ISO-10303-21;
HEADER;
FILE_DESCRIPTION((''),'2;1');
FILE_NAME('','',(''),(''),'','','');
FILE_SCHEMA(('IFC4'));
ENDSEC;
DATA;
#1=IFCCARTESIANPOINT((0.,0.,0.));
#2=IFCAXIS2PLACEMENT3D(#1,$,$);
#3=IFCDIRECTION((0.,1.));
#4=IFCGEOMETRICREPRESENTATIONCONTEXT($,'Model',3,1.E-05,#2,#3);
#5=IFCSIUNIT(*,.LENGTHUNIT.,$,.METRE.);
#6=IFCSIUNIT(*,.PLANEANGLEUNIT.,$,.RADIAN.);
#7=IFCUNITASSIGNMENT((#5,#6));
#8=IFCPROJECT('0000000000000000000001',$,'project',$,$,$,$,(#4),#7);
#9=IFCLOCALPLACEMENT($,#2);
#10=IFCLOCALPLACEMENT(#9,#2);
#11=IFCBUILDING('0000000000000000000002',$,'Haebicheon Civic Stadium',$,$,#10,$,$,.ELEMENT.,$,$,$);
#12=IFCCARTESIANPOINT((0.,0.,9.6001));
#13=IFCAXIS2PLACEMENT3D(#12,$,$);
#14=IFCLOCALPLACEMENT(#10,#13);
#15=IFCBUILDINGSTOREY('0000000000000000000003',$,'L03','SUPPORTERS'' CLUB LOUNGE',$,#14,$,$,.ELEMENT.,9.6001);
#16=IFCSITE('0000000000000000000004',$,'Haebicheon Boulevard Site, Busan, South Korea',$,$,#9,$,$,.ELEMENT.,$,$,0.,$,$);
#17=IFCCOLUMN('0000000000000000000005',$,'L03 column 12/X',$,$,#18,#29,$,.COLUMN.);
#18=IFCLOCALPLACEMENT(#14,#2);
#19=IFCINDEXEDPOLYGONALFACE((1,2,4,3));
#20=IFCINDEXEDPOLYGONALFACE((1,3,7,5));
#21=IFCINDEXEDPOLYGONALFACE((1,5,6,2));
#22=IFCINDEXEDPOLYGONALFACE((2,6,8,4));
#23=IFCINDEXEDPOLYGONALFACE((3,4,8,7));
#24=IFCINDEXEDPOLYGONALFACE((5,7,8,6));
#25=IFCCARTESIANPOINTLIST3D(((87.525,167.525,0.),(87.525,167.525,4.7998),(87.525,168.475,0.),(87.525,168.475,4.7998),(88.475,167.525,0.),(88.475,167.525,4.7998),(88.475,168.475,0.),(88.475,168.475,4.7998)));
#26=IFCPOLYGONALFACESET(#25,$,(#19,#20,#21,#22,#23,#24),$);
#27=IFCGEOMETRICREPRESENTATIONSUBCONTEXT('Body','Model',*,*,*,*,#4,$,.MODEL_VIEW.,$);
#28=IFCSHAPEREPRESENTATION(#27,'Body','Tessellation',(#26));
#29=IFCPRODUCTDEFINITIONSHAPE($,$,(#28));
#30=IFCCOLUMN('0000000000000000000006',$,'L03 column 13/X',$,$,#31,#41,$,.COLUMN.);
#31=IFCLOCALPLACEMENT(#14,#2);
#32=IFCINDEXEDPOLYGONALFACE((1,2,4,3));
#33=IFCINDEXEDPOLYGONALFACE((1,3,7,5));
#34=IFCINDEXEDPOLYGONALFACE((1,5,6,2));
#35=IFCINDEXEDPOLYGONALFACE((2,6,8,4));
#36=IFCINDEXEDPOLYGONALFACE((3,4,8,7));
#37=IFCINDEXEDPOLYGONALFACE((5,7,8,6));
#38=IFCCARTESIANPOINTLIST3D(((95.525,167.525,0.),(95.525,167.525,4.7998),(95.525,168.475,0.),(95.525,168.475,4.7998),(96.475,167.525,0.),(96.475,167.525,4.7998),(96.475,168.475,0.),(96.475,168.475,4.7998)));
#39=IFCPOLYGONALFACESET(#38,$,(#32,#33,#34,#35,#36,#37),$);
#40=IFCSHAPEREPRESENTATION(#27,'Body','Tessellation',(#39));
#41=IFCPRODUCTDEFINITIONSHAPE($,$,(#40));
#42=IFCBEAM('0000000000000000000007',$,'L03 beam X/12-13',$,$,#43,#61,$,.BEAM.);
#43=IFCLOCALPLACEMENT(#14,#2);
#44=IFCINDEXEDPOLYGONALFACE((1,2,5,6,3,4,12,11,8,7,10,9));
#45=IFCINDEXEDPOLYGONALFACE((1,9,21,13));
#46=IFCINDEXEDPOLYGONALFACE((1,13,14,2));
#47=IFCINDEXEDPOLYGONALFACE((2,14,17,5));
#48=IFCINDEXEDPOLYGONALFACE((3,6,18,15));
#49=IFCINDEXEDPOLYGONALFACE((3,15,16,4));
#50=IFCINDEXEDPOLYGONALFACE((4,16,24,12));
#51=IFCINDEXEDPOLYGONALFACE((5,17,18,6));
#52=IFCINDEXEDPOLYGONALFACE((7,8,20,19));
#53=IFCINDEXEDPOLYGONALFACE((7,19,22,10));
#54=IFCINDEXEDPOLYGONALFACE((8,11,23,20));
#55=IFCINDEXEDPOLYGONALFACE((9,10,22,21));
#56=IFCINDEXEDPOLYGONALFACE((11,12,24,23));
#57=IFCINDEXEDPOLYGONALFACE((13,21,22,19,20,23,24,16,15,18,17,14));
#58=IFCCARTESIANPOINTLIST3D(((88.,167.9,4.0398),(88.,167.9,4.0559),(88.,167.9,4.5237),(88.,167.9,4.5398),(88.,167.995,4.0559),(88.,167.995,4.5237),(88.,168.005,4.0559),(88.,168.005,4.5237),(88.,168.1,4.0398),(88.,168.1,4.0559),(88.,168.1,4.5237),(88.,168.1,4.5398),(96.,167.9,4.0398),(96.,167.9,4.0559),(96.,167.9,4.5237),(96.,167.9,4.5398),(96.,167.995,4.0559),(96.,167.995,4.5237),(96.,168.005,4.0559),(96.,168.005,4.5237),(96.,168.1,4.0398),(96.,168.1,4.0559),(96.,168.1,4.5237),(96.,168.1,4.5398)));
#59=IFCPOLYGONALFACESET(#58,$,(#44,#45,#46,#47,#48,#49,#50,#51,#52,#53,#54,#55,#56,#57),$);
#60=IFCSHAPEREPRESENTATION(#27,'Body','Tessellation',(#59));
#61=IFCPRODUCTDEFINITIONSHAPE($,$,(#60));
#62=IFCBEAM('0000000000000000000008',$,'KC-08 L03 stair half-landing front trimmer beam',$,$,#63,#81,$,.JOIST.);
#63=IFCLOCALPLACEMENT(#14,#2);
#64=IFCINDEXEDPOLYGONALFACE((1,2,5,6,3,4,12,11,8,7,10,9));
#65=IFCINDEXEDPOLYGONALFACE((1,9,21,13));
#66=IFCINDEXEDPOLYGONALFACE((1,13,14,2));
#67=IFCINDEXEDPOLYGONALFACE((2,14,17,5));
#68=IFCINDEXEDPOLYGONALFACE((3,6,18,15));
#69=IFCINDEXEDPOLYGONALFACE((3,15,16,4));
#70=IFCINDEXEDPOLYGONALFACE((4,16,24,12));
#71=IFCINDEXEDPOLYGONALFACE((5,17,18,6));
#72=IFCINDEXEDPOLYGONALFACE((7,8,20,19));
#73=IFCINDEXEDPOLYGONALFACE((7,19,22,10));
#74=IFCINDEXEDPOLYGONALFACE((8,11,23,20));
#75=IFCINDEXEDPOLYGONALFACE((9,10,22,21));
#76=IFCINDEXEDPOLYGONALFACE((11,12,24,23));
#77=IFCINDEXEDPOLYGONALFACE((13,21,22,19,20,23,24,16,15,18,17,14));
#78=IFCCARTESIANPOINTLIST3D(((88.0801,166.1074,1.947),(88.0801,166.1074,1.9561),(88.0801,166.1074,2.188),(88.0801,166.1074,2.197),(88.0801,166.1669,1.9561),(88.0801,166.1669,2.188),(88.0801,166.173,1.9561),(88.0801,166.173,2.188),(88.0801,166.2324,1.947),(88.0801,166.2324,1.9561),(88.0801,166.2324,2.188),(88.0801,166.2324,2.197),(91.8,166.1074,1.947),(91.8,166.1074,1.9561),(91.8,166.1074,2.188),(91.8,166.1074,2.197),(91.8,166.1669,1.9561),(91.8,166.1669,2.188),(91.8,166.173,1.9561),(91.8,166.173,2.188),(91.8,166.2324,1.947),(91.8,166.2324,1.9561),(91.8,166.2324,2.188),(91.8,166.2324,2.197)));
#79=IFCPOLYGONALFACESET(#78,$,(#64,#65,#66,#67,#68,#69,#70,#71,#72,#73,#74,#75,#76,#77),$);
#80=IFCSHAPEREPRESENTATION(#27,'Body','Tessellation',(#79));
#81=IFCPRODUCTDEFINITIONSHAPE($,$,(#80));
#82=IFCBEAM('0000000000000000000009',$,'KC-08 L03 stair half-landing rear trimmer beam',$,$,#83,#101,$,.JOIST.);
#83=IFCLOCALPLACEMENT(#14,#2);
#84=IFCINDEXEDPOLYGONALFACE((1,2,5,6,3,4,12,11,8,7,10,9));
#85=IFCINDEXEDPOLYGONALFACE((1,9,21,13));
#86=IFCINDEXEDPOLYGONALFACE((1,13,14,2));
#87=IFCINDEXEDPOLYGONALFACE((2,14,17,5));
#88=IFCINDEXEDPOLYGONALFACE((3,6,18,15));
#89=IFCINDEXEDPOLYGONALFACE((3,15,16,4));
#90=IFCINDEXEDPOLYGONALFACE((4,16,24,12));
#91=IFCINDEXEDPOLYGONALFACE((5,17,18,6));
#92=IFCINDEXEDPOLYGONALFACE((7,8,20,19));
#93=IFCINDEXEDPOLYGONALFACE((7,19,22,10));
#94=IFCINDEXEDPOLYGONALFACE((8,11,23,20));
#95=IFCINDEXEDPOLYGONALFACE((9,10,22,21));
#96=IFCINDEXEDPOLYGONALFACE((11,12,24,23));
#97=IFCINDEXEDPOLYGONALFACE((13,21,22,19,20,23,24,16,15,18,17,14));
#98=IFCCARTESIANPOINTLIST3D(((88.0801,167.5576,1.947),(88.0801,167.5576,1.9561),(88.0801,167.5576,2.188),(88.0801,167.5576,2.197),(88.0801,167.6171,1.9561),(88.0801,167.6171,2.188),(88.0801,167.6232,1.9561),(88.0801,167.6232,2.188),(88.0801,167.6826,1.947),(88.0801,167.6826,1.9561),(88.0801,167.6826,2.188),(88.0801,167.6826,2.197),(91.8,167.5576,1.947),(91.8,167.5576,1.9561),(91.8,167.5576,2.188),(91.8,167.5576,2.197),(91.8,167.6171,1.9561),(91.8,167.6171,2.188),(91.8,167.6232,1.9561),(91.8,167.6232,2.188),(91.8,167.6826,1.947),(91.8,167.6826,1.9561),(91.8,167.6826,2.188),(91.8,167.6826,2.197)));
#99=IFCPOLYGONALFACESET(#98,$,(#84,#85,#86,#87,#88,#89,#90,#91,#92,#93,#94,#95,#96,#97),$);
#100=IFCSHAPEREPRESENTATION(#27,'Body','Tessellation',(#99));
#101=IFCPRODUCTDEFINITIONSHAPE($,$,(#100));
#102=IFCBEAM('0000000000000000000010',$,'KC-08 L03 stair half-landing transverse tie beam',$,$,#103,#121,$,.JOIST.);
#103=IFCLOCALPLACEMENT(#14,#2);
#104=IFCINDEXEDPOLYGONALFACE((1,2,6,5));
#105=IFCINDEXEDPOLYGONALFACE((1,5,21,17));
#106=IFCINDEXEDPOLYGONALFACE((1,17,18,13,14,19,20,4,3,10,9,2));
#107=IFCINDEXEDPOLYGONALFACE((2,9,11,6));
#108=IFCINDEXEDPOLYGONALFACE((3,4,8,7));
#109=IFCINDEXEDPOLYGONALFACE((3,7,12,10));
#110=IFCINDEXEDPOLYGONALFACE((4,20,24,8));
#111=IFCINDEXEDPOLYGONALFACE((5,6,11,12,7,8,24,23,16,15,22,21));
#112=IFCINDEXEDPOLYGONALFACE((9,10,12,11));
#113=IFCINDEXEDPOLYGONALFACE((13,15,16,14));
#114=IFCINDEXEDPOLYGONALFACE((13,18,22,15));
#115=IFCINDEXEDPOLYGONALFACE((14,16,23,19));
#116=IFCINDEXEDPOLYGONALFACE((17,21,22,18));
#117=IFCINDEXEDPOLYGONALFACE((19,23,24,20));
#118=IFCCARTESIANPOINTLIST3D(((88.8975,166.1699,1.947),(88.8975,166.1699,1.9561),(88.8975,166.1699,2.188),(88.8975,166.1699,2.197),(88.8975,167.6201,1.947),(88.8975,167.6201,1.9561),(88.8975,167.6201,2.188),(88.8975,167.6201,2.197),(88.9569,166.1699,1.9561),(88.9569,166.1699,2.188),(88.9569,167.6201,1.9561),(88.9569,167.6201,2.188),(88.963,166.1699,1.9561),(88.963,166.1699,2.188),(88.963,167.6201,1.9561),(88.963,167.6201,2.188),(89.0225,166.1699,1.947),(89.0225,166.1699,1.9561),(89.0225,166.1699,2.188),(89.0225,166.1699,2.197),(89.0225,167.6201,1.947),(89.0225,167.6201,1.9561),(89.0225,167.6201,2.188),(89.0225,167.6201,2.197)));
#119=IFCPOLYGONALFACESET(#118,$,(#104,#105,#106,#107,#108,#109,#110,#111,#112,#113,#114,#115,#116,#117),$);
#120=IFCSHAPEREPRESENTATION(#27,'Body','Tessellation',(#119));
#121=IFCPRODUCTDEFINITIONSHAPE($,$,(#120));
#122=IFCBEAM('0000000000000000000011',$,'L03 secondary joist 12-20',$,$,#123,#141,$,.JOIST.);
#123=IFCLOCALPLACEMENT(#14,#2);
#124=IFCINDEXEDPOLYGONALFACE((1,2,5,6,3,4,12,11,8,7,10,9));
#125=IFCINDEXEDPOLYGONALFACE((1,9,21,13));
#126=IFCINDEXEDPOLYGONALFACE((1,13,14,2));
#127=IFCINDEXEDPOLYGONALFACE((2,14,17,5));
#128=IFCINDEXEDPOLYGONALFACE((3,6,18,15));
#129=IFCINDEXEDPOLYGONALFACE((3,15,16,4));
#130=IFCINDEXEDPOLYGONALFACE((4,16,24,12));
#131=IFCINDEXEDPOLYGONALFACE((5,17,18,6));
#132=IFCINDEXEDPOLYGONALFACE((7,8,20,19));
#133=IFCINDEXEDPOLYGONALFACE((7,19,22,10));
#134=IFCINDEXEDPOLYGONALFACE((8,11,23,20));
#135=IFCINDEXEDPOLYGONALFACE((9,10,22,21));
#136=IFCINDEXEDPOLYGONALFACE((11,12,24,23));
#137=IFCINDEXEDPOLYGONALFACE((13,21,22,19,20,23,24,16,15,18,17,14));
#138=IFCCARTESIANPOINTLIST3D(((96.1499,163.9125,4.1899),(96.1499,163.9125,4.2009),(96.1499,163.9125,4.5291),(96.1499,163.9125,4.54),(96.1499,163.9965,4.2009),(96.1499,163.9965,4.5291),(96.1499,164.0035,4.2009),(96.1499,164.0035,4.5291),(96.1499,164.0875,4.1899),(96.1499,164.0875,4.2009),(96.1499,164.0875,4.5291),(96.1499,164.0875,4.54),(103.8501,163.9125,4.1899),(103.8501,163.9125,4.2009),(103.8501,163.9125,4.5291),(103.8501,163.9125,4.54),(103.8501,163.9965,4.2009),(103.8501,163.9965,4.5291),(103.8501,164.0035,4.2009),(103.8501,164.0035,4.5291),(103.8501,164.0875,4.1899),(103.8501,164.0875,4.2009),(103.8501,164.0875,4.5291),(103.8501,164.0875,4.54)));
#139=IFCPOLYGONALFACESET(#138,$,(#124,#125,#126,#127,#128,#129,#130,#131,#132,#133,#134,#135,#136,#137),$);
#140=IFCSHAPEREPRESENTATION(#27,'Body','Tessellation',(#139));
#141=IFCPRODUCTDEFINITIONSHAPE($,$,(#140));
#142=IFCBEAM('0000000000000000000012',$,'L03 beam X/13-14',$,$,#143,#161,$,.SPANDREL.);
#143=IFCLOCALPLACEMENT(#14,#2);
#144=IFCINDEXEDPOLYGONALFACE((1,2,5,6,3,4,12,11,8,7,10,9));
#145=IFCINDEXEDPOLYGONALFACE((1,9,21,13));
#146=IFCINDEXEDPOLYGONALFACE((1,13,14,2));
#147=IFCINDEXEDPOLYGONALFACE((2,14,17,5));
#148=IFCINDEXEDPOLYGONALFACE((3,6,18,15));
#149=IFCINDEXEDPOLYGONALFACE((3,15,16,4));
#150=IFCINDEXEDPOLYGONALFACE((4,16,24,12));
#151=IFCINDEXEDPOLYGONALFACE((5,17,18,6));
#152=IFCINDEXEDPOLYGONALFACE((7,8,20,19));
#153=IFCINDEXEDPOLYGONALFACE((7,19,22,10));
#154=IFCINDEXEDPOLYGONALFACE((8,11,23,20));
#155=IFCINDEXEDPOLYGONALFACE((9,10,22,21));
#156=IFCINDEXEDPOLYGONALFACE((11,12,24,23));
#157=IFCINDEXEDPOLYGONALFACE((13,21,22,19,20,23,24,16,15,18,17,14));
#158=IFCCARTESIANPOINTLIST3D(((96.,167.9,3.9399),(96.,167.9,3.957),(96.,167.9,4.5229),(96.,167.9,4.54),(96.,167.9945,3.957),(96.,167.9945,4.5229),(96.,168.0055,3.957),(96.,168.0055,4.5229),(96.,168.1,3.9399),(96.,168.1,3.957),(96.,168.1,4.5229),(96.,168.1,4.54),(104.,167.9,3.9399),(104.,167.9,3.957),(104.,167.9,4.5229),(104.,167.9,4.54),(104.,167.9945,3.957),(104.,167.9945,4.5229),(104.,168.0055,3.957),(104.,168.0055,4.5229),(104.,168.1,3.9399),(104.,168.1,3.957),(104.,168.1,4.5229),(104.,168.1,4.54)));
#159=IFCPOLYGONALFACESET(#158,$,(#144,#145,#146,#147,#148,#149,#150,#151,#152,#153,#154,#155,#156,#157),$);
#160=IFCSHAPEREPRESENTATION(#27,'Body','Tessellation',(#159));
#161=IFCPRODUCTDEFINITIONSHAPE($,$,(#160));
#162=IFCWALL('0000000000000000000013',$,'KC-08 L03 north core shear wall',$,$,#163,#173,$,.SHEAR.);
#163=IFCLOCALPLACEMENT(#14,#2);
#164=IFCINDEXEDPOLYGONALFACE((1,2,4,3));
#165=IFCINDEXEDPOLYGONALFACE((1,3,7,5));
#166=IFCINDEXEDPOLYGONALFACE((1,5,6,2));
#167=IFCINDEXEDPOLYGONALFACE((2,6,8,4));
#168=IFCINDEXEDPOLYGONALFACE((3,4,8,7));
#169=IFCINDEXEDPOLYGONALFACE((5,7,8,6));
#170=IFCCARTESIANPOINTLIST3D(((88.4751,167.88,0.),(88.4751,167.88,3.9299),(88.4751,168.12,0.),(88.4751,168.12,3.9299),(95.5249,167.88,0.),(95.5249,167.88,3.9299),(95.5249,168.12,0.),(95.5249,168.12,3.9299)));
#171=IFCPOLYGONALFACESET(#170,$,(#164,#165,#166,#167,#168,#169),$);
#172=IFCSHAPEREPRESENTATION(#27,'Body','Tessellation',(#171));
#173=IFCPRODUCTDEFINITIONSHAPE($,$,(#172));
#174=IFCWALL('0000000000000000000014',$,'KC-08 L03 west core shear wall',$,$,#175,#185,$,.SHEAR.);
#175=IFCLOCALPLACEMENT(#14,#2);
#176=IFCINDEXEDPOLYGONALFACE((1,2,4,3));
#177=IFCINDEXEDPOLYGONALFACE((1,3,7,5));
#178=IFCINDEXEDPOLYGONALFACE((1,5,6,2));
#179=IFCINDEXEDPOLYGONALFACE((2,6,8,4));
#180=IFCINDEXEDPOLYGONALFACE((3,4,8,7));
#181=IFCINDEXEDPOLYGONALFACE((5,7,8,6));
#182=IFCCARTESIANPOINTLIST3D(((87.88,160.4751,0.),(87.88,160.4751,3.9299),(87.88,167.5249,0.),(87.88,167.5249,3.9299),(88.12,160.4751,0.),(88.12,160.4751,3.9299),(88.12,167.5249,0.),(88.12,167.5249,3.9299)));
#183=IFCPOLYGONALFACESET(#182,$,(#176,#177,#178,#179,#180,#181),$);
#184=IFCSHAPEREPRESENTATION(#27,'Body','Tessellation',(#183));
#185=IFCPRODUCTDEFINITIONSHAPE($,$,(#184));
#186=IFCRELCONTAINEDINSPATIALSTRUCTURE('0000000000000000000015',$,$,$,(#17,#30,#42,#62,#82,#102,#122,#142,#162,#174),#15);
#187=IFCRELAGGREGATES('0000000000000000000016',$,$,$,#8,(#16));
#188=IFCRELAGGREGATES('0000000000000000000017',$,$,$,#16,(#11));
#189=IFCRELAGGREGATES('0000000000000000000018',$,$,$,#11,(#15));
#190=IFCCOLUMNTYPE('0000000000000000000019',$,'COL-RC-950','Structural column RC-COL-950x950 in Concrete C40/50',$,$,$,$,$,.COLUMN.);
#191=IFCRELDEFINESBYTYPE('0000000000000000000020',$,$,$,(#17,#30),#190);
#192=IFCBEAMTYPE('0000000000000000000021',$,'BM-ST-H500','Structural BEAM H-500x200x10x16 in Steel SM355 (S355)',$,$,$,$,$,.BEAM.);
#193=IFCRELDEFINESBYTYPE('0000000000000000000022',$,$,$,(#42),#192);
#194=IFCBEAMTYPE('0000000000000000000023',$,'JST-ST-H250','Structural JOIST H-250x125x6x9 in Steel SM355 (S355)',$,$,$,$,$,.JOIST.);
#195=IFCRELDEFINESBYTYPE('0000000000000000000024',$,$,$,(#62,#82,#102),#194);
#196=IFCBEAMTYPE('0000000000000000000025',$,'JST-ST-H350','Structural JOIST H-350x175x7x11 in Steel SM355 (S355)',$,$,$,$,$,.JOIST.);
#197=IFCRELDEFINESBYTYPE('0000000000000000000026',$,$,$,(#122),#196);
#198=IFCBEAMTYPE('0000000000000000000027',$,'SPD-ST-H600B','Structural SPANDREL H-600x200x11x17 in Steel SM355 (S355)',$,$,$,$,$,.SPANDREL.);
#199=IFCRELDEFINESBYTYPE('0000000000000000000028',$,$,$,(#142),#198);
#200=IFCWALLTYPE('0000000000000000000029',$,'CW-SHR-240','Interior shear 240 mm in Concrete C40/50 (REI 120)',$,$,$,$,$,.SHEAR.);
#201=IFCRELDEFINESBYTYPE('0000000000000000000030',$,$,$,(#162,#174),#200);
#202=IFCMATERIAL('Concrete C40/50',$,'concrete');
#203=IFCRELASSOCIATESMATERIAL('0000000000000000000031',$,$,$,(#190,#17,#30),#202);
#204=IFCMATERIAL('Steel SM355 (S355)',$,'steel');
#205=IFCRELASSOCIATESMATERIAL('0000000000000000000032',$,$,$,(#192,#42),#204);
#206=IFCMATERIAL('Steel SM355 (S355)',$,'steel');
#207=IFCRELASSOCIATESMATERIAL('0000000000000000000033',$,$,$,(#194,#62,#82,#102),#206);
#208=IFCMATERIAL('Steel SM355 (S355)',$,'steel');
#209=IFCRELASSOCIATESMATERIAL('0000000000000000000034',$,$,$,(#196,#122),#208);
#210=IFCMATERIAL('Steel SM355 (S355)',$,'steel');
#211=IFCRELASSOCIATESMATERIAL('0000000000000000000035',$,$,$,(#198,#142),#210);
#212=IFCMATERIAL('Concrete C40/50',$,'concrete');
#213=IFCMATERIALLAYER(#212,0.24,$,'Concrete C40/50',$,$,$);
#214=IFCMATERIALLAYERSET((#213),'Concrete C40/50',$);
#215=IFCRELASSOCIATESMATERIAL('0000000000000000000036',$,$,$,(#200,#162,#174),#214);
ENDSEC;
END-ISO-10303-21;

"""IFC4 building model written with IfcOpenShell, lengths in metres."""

from ifc_helpers import new_model, si_unit, direction, frame, frame_2d, origin, origin_2d, place, context, subcontext, project, spatial, rectangle, i_section, extrude, material, layer, layer_set, material_profile, profile_set, type_object, element, save


model = new_model("IFC4")

# Units and contexts
model_context = context("Model", 3, precision=1e-05, world=origin(), true_north=direction((0.0, 1.0)))
body_context = subcontext(model_context, "Body", "Model", "MODEL_VIEW")
ifc_project = project(units=[si_unit("LENGTHUNIT", "METRE"), si_unit("PLANEANGLEUNIT", "RADIAN")], contexts=[model_context])

# Site, building, storey
site_placement = place(None, origin())
site = spatial("IfcSite", under=ifc_project, at=site_placement, Name="Haebicheon Boulevard Site, Busan, South Korea", CompositionType="ELEMENT", RefElevation=0.0)
building_placement = place(site_placement, origin())
building = spatial("IfcBuilding", under=site, at=building_placement, Name="Haebicheon Civic Stadium", CompositionType="ELEMENT")
storey_placement = place(building_placement, frame((0.0, 0.0, 9.6001)))
storey = spatial("IfcBuildingStorey", under=building, at=storey_placement, Name="L03", Description="SUPPORTERS' CLUB LOUNGE", CompositionType="ELEMENT", Elevation=9.6001)

# Columns
ifc_material_1 = material(Name="Concrete C40/50", Category="concrete")
ifc_material_profile_1 = material_profile(ifc_material_1, rectangle(XDim=0.95, YDim=0.95, at=origin_2d()), Name="RC-COL-950x950")
ifc_profile_set_1 = profile_set([ifc_material_profile_1], Name="Concrete C40/50")
column_type = type_object("IfcColumnType", Name="COL-RC-950", Description="Structural column RC-COL-950x950 in Concrete C40/50", PredefinedType="COLUMN", material=ifc_profile_set_1)
for number, where, z_axis, x_axis, name in (
    (1, (88.0, 168.0, 0.0), (0.0, 0.0, 1.0), (1.0, 0.0, 0.0), "L03 column 12/X"),
    (2, (96.0, 168.0, 0.0), (0.0, 0.0, 1.0), (1.0, 0.0, 0.0), "L03 column 13/X"),
):
    element("IfcColumn", number, at=place(storey_placement, frame(where, z_axis=z_axis, x_axis=x_axis)), inside=storey, type_object=column_type, material=ifc_profile_set_1, Name=name, PredefinedType="COLUMN", context=body_context, shape_type="SweptSolid", body=[
        extrude(rectangle(XDim=0.95, YDim=0.95, at=origin_2d()), origin(), (0.0, 0.0, 1.0), 4.7998),
    ])

# Beams
ifc_material_2 = material(Name="Steel SM355 (S355)", Category="steel")
ifc_material_profile_2 = material_profile(ifc_material_2, i_section(OverallWidth=0.2, OverallDepth=0.5, WebThickness=0.01, FlangeThickness=0.0161, at=origin_2d()), Name="H-500x200x10x16")
ifc_profile_set_2 = profile_set([ifc_material_profile_2], Name="Steel SM355 (S355)")
beam_type_1 = type_object("IfcBeamType", Name="BM-ST-H500", Description="Structural BEAM H-500x200x10x16 in Steel SM355 (S355)", PredefinedType="BEAM", material=ifc_profile_set_2)
beam_1_placement = place(storey_placement, frame((88.0, 168.0, 4.2898), z_axis=(1.0, 0.0, 0.0), x_axis=(0.0, 1.0, 0.0)))
element("IfcBeam", 3, at=beam_1_placement, inside=storey, type_object=beam_type_1, material=ifc_profile_set_2, Name="L03 beam X/12-13", PredefinedType="BEAM", context=body_context, shape_type="SweptSolid", body=[
    extrude(i_section(OverallWidth=0.2, OverallDepth=0.5, WebThickness=0.01, FlangeThickness=0.0161, at=origin_2d()), origin(), (0.0, 0.0, 1.0), 8.0),
])
ifc_material_3 = material(Name="Steel SM355 (S355)", Category="steel")
ifc_material_profile_3 = material_profile(ifc_material_3, i_section(OverallWidth=0.125, OverallDepth=0.25, WebThickness=0.0061, FlangeThickness=0.009, at=origin_2d()), Name="H-250x125x6x9")
ifc_profile_set_3 = profile_set([ifc_material_profile_3], Name="Steel SM355 (S355)")
beam_type_2 = type_object("IfcBeamType", Name="JST-ST-H250", Description="Structural JOIST H-250x125x6x9 in Steel SM355 (S355)", PredefinedType="JOIST", material=ifc_profile_set_3)
for number, where, z_axis, x_axis, name in (
    (4, (88.0801, 166.1699, 2.072), (1.0, 0.0, 0.0), (0.0, 1.0, 0.0), "KC-08 L03 stair half-landing front trimmer beam"),
    (5, (88.0801, 167.6201, 2.072), (1.0, 0.0, 0.0), (0.0, 1.0, 0.0), "KC-08 L03 stair half-landing rear trimmer beam"),
):
    element("IfcBeam", number, at=place(storey_placement, frame(where, z_axis=z_axis, x_axis=x_axis)), inside=storey, type_object=beam_type_2, material=ifc_profile_set_3, Name=name, PredefinedType="JOIST", context=body_context, shape_type="SweptSolid", body=[
        extrude(i_section(OverallWidth=0.125, OverallDepth=0.25, WebThickness=0.0061, FlangeThickness=0.009, at=origin_2d()), origin(), (0.0, 0.0, 1.0), 3.72),
    ])
beam_2_placement = place(storey_placement, frame((88.96, 166.1699, 2.072), z_axis=(0.0, 1.0, 0.0), x_axis=(-1.0, 0.0, 0.0)))
element("IfcBeam", 6, at=beam_2_placement, inside=storey, type_object=beam_type_2, material=ifc_profile_set_3, Name="KC-08 L03 stair half-landing transverse tie beam", PredefinedType="JOIST", context=body_context, shape_type="SweptSolid", body=[
    extrude(i_section(OverallWidth=0.125, OverallDepth=0.25, WebThickness=0.0061, FlangeThickness=0.009, at=origin_2d()), origin(), (0.0, 0.0, 1.0), 1.4502),
])
ifc_material_4 = material(Name="Steel SM355 (S355)", Category="steel")
ifc_material_profile_4 = material_profile(ifc_material_4, i_section(OverallWidth=0.175, OverallDepth=0.3501, WebThickness=0.0071, FlangeThickness=0.011, at=origin_2d()), Name="H-350x175x7x11")
ifc_profile_set_4 = profile_set([ifc_material_profile_4], Name="Steel SM355 (S355)")
beam_type_3 = type_object("IfcBeamType", Name="JST-ST-H350", Description="Structural JOIST H-350x175x7x11 in Steel SM355 (S355)", PredefinedType="JOIST", material=ifc_profile_set_4)
beam_3_placement = place(storey_placement, frame((96.1499, 164.0, 4.365), z_axis=(1.0, 0.0, 0.0), x_axis=(0.0, 1.0, 0.0)))
element("IfcBeam", 7, at=beam_3_placement, inside=storey, type_object=beam_type_3, material=ifc_profile_set_4, Name="L03 secondary joist 12-20", PredefinedType="JOIST", context=body_context, shape_type="SweptSolid", body=[
    extrude(i_section(OverallWidth=0.175, OverallDepth=0.3501, WebThickness=0.0071, FlangeThickness=0.011, at=origin_2d()), origin(), (0.0, 0.0, 1.0), 7.7002),
])
ifc_material_5 = material(Name="Steel SM355 (S355)", Category="steel")
ifc_material_profile_5 = material_profile(ifc_material_5, i_section(OverallWidth=0.2, OverallDepth=0.6001, WebThickness=0.011, FlangeThickness=0.0171, at=origin_2d()), Name="H-600x200x11x17")
ifc_profile_set_5 = profile_set([ifc_material_profile_5], Name="Steel SM355 (S355)")
beam_type_4 = type_object("IfcBeamType", Name="SPD-ST-H600B", Description="Structural SPANDREL H-600x200x11x17 in Steel SM355 (S355)", PredefinedType="SPANDREL", material=ifc_profile_set_5)
beam_4_placement = place(storey_placement, frame((96.0, 168.0, 4.24), z_axis=(1.0, 0.0, 0.0), x_axis=(0.0, 1.0, 0.0)))
element("IfcBeam", 8, at=beam_4_placement, inside=storey, type_object=beam_type_4, material=ifc_profile_set_5, Name="L03 beam X/13-14", PredefinedType="SPANDREL", context=body_context, shape_type="SweptSolid", body=[
    extrude(i_section(OverallWidth=0.2, OverallDepth=0.6001, WebThickness=0.011, FlangeThickness=0.0171, at=origin_2d()), origin(), (0.0, 0.0, 1.0), 8.0),
])

# Walls
ifc_material_6 = material(Name="Concrete C40/50", Category="concrete")
ifc_layer_1 = layer(ifc_material_6, 0.24, Name="Concrete C40/50")
ifc_layer_set_1 = layer_set([ifc_layer_1], Name="Concrete C40/50")
wall_type_1 = type_object("IfcWallType", Name="CW-SHR-240", Description="Interior shear 240 mm in Concrete C40/50 (REI 120)", PredefinedType="SHEAR", material=ifc_layer_set_1)
for number, where, z_axis, x_axis, name in (
    (9, (88.4751, 168.0, 0.0), (0.0, 0.0, 1.0), (1.0, 0.0, 0.0), "KC-08 L03 north core shear wall"),
    (10, (88.0, 160.4751, 0.0), (0.0, 0.0, 1.0), (0.0, 1.0, 0.0), "KC-08 L03 west core shear wall"),
):
    element("IfcWall", number, at=place(storey_placement, frame(where, z_axis=z_axis, x_axis=x_axis)), inside=storey, type_object=wall_type_1, material=ifc_layer_set_1, Name=name, PredefinedType="SHEAR", context=body_context, shape_type="SweptSolid", body=[
        extrude(rectangle(XDim=7.0498, YDim=0.24, at=frame_2d((3.5249, 0.0))), origin(), (0.0, 0.0, 1.0), 3.9299),
    ])

save(model, "model.ifc")
